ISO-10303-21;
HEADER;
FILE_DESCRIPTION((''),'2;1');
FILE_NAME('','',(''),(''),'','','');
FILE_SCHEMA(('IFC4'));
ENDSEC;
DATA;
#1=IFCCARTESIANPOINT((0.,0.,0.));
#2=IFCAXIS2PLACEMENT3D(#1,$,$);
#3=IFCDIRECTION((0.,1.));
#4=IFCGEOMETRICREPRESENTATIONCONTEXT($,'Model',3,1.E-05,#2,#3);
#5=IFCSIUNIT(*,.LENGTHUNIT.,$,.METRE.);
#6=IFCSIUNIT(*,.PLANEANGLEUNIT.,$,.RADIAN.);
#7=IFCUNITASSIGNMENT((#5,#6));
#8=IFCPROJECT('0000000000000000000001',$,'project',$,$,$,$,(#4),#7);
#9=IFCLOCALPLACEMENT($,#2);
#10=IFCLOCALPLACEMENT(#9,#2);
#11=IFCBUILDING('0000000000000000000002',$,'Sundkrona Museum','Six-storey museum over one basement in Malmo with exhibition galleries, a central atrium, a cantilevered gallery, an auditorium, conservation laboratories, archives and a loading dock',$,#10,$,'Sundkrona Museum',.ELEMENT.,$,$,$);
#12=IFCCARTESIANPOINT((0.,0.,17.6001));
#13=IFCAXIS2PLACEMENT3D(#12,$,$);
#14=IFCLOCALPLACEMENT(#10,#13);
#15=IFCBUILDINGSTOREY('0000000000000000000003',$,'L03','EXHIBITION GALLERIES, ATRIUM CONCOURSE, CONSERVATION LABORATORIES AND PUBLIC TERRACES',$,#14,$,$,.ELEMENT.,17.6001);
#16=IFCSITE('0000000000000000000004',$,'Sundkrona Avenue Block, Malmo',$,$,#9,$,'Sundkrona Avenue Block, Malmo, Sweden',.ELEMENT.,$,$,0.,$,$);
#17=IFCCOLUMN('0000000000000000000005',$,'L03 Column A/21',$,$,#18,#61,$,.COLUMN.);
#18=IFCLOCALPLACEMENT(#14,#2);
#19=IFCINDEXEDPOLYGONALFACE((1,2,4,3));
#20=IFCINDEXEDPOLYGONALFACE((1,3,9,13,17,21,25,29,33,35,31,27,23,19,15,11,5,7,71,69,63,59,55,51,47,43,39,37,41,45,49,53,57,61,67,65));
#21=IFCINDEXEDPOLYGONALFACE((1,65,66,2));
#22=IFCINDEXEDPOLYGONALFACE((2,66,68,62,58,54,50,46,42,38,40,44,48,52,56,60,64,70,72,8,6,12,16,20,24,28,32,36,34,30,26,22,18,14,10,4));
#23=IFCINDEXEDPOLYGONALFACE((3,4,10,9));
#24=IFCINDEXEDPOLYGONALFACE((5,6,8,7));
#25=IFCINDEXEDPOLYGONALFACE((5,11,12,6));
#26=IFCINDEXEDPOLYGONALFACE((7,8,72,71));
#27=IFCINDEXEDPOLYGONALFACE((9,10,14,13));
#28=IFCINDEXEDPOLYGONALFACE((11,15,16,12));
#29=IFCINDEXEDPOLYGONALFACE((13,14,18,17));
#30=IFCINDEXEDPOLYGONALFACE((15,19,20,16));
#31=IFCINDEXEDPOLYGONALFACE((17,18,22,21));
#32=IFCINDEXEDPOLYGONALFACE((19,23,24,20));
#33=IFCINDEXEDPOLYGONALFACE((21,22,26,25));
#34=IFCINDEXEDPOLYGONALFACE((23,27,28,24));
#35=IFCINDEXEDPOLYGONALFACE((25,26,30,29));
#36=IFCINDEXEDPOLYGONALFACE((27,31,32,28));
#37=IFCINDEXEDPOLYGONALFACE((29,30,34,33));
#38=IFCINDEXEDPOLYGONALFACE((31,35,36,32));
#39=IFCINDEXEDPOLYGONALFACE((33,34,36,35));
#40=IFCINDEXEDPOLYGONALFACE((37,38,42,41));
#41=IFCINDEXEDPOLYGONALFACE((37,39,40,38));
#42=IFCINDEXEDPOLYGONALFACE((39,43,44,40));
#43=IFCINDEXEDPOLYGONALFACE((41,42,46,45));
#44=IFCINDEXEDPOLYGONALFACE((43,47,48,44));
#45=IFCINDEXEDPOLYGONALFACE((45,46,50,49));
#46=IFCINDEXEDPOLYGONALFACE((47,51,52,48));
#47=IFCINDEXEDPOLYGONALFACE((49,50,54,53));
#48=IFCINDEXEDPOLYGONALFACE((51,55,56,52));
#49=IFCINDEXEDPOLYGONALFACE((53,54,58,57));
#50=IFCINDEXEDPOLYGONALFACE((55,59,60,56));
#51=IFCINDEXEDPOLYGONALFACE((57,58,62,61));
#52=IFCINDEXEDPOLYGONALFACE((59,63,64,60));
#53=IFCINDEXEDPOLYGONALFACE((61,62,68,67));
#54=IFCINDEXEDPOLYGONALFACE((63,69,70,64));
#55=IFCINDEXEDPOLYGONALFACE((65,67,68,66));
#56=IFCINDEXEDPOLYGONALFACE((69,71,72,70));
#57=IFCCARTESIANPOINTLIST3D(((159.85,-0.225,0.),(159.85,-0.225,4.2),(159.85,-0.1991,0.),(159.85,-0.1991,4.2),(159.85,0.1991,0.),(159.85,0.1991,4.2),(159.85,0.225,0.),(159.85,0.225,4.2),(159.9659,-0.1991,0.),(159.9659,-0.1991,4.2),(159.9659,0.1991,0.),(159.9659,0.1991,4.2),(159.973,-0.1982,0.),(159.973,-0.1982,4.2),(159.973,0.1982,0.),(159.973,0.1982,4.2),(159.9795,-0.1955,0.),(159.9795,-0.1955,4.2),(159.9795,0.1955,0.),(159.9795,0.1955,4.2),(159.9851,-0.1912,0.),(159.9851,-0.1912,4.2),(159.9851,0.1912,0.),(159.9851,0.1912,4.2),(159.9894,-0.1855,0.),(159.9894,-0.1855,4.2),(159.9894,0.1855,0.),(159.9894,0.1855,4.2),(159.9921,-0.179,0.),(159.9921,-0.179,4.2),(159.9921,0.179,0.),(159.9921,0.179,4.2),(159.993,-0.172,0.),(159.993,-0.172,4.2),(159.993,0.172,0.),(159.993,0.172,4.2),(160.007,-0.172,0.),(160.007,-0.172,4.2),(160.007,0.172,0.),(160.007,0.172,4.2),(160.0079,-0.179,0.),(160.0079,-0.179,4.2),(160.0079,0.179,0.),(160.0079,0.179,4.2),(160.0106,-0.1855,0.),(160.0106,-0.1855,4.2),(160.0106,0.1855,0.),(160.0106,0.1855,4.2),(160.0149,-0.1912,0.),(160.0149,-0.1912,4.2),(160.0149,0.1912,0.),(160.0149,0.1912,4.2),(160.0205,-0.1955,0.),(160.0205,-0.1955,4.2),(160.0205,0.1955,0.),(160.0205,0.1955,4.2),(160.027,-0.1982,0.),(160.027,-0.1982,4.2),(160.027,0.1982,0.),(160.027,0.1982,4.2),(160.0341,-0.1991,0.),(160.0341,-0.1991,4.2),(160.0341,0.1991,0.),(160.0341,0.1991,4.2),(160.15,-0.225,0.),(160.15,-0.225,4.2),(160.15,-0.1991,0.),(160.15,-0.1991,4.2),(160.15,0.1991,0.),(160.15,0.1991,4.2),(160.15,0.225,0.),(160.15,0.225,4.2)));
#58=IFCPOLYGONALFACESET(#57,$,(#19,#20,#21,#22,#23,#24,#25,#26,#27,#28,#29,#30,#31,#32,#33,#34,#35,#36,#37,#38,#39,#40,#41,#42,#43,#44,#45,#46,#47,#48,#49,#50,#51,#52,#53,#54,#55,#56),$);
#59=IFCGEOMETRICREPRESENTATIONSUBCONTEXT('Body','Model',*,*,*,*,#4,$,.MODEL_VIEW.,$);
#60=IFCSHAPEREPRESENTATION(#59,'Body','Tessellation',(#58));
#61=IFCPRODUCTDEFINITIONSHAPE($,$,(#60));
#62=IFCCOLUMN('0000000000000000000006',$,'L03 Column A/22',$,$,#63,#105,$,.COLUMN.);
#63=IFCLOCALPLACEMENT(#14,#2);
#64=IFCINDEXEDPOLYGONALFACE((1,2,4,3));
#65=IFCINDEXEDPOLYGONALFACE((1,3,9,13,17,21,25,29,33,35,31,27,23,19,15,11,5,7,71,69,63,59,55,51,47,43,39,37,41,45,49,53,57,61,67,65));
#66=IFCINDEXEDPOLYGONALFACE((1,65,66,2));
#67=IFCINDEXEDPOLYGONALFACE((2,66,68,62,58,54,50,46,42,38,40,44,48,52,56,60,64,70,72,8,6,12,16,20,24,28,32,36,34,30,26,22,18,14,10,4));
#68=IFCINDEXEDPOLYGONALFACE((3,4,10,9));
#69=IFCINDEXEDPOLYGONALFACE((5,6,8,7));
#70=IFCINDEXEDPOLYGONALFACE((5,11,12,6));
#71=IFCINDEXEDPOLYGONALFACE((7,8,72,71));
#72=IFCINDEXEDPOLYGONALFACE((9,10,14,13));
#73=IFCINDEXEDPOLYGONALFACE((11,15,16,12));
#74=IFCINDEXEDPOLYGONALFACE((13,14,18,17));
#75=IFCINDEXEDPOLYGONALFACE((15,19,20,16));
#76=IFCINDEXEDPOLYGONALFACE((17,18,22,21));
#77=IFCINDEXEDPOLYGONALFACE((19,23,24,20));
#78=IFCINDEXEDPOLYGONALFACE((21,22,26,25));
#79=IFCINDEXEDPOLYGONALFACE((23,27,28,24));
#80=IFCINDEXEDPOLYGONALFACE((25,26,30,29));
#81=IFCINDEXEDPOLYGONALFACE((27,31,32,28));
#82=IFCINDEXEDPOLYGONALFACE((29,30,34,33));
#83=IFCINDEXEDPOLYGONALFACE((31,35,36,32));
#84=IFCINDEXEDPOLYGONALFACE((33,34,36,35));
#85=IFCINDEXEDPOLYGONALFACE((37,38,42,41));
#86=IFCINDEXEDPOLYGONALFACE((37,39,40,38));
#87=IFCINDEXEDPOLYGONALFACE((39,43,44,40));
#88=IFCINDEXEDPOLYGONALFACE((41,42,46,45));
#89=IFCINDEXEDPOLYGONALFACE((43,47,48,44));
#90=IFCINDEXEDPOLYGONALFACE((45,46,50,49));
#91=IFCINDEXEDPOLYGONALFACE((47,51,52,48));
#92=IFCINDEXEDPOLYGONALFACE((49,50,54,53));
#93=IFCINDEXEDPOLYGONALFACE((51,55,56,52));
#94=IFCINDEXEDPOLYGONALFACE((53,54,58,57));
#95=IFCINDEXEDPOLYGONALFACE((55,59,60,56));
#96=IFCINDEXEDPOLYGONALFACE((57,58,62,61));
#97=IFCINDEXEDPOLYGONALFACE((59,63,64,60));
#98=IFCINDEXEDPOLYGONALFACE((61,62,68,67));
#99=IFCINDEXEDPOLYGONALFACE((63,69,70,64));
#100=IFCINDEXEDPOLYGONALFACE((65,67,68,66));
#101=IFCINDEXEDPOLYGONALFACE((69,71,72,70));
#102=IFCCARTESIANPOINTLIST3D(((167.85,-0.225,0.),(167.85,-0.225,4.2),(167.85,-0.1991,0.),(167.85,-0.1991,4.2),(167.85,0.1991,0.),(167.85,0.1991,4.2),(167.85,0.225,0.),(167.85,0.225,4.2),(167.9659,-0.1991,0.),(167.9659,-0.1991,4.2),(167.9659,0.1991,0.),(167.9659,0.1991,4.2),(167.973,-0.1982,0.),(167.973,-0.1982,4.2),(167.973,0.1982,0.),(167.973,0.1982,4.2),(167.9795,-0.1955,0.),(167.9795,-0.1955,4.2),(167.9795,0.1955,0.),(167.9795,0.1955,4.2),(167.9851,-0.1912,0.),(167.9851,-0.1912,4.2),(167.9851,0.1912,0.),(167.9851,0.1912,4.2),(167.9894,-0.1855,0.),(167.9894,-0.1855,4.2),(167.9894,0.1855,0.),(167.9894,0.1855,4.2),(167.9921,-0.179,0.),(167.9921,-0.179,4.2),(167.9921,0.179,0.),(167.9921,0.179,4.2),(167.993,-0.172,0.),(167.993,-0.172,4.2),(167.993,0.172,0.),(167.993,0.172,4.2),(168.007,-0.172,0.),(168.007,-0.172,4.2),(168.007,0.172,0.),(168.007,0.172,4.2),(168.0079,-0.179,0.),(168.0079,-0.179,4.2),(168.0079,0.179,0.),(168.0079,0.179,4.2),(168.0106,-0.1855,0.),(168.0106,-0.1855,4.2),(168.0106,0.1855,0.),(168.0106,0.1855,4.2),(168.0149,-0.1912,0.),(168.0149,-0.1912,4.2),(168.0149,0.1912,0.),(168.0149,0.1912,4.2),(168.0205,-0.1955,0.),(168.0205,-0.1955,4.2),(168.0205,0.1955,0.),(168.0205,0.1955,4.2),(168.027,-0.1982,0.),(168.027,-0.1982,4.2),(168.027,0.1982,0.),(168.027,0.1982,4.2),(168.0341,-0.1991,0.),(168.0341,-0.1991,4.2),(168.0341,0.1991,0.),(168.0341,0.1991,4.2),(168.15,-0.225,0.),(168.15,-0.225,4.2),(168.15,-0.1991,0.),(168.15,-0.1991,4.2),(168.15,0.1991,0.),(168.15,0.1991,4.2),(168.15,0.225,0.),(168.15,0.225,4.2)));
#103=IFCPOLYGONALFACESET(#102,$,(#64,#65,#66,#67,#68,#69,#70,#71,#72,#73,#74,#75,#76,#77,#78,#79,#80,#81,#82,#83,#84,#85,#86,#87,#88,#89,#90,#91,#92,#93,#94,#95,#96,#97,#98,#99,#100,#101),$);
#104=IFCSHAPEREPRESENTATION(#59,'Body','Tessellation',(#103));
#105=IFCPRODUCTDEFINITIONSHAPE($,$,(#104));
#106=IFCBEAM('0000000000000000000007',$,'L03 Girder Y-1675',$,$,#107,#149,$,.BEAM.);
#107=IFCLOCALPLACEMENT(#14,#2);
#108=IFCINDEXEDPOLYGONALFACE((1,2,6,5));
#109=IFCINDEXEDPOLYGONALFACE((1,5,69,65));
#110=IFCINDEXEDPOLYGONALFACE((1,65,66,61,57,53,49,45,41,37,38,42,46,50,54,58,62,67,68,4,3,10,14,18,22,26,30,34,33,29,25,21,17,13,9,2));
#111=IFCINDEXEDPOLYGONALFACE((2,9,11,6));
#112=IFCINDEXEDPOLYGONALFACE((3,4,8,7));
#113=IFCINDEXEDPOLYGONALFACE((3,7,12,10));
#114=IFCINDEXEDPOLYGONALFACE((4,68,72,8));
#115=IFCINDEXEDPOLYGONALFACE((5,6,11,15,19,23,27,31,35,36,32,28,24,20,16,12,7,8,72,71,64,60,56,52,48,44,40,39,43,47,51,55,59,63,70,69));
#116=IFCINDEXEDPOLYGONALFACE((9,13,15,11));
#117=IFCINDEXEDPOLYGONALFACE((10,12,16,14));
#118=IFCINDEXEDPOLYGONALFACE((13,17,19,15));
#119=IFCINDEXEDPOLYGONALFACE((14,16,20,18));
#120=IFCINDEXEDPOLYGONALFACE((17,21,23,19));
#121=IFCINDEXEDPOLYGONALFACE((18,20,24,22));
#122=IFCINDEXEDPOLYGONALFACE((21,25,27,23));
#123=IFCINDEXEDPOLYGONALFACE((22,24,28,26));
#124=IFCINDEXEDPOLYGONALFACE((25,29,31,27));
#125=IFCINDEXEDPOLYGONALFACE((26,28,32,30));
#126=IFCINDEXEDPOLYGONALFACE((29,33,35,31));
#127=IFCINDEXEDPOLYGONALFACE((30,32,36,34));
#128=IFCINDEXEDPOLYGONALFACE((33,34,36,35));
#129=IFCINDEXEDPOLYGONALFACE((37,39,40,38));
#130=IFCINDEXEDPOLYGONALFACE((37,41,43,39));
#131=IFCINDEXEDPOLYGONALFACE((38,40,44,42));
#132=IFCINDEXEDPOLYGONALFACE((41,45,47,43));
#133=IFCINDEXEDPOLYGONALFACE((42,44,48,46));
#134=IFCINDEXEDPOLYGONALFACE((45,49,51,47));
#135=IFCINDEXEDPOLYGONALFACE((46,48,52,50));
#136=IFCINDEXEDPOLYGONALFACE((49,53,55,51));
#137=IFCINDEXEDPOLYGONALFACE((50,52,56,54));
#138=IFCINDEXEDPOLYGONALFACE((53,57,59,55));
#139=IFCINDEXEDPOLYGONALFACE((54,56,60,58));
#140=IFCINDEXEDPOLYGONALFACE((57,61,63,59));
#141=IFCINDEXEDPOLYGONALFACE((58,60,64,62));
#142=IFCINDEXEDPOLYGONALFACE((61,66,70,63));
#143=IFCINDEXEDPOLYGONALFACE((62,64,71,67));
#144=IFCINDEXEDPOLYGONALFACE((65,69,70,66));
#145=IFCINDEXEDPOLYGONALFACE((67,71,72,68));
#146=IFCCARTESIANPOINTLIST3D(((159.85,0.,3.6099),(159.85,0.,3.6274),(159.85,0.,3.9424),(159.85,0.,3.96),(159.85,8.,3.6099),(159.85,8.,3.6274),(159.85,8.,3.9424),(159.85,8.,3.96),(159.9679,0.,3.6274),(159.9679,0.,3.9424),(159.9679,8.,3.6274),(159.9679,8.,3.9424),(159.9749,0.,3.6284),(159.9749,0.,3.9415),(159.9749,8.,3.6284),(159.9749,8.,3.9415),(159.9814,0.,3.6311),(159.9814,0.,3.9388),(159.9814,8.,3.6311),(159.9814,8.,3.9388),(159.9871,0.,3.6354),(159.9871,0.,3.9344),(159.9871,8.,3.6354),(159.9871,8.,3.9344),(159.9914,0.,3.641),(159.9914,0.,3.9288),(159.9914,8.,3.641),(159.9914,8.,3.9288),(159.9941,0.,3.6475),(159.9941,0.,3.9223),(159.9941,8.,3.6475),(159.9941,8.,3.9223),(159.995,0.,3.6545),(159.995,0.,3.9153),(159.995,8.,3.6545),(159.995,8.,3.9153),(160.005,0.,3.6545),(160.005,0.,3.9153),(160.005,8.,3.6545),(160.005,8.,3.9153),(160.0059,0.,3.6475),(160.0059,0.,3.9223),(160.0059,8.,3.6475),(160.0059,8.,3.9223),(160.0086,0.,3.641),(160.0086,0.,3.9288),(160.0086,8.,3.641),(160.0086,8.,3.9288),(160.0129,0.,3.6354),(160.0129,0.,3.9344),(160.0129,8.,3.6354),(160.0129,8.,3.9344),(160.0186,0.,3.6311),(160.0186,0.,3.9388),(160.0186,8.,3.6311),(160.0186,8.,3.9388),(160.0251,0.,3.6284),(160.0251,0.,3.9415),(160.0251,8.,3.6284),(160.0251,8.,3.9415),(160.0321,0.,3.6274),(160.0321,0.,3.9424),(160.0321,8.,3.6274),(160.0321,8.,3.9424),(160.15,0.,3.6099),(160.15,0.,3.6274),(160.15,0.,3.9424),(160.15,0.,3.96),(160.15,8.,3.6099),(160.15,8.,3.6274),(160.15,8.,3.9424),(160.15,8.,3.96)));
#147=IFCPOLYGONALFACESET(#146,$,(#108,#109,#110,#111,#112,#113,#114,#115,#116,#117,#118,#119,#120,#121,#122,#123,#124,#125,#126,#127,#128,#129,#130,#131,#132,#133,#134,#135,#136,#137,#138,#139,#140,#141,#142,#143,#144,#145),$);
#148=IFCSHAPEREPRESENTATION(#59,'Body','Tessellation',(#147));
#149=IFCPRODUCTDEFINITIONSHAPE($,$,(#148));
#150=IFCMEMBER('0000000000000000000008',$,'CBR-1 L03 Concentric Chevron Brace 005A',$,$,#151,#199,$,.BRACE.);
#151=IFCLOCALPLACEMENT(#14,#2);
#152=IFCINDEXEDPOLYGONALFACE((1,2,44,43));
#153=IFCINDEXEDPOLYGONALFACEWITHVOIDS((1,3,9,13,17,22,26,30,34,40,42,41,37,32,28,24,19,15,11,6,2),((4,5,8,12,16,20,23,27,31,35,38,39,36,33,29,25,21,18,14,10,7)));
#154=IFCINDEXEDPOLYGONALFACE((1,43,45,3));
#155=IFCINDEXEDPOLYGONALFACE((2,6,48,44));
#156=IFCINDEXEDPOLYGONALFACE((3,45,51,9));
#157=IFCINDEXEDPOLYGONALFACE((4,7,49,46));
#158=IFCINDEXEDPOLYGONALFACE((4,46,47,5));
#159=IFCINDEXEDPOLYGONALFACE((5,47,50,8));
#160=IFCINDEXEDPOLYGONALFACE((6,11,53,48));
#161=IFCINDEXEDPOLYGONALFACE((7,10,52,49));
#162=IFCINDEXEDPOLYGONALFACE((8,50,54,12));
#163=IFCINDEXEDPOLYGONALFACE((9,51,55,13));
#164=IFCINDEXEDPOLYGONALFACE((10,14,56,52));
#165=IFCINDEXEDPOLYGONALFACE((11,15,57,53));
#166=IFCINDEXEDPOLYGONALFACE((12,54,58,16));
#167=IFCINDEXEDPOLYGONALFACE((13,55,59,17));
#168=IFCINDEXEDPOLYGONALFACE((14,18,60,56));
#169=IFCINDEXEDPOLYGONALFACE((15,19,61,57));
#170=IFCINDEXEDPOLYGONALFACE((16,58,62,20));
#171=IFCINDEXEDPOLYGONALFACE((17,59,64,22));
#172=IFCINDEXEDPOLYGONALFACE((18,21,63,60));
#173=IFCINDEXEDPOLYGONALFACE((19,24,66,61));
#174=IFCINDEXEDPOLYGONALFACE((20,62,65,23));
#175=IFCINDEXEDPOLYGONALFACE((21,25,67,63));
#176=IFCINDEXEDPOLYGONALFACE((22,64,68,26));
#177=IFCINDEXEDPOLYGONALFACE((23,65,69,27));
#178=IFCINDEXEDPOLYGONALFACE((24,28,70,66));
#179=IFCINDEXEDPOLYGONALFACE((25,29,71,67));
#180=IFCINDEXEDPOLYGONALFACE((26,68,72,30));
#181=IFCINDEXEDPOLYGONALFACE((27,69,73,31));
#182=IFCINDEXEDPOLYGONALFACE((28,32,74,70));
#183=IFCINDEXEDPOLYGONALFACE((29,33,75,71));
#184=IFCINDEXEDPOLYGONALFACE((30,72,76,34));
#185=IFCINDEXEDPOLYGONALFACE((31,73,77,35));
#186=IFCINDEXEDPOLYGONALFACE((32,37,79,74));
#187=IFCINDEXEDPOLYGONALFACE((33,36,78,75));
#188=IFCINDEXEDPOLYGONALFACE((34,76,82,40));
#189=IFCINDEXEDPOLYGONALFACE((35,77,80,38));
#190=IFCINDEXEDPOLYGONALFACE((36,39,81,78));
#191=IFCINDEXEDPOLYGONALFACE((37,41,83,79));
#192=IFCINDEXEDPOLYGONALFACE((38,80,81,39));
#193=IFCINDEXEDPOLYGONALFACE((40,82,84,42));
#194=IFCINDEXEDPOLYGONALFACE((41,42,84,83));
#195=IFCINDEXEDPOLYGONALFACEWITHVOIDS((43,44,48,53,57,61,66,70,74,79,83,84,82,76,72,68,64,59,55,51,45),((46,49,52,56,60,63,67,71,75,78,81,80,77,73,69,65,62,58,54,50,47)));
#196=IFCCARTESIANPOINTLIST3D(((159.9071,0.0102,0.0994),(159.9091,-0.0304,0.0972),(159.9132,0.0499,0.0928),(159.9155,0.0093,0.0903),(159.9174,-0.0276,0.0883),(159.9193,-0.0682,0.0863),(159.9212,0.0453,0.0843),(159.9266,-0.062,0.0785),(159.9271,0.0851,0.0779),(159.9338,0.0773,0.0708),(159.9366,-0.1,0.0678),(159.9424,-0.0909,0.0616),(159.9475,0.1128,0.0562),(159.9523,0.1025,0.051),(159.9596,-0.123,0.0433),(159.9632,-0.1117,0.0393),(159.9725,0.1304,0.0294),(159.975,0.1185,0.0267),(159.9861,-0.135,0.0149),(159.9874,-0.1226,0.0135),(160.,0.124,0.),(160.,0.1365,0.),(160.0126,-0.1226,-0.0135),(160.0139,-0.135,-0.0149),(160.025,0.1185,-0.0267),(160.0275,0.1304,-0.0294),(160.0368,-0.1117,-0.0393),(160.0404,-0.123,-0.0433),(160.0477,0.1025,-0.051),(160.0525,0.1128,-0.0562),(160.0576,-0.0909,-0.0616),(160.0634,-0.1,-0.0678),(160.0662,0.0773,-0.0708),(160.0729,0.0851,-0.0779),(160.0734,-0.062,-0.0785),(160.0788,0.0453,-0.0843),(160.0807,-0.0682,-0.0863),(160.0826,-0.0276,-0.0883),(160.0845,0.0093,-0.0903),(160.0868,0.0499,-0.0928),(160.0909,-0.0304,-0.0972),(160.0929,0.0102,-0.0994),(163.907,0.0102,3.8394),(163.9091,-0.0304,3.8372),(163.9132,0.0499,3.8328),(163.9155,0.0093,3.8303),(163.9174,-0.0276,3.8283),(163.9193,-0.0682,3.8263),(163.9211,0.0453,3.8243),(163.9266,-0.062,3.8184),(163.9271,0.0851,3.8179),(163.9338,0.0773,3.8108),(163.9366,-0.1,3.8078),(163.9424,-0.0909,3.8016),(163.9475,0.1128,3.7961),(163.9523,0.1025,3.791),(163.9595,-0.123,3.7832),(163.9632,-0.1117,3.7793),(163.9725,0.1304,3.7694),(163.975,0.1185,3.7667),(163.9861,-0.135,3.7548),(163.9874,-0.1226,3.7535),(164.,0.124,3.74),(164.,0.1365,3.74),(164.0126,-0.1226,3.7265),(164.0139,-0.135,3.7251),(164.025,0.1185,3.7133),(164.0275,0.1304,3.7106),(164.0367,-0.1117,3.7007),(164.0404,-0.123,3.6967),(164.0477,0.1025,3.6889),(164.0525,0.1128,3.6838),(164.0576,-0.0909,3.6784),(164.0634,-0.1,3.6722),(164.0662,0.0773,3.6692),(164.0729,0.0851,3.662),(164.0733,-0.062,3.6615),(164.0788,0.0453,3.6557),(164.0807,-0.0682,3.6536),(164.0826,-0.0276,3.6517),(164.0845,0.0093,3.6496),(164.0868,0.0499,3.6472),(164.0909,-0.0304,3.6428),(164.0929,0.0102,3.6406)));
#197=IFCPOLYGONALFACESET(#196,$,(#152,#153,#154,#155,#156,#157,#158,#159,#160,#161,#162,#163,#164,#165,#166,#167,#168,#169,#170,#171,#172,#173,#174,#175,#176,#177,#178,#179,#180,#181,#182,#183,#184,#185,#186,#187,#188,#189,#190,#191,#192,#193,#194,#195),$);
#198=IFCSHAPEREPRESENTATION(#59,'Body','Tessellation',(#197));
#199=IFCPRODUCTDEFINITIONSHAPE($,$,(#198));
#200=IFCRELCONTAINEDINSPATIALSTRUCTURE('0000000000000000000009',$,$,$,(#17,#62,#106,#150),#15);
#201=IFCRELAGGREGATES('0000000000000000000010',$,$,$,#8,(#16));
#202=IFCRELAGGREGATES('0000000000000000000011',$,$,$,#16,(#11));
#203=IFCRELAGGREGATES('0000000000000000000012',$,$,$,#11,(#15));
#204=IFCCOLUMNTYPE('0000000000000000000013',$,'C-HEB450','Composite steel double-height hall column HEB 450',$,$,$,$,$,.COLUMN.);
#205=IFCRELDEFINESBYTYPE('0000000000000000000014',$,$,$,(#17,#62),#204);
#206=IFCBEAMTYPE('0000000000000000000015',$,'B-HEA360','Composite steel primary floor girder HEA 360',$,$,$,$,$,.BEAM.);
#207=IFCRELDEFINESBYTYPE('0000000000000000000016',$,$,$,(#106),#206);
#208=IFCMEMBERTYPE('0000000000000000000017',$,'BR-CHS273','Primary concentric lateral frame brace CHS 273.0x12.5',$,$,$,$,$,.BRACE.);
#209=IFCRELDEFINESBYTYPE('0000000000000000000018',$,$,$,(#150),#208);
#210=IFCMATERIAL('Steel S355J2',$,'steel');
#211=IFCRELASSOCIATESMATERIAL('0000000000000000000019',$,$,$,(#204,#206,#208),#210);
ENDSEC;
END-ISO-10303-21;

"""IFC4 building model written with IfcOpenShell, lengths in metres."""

from ifc_helpers import new_model, si_unit, direction, frame, origin, origin_2d, place, context, subcontext, project, spatial, hollow_circle, i_section, extrude, material, material_profile, profile_set, type_object, element, save


model = new_model("IFC4")

# Units and contexts
model_context = context("Model", 3, precision=1e-05, world=origin(), true_north=direction((0.0, 1.0)))
body_context = subcontext(model_context, "Body", "Model", "MODEL_VIEW")
ifc_project = project(units=[si_unit("LENGTHUNIT", "METRE"), si_unit("PLANEANGLEUNIT", "RADIAN")], contexts=[model_context])

# Site, building, storey
site_placement = place(None, origin())
site = spatial("IfcSite", under=ifc_project, at=site_placement, Name="Sundkrona Avenue Block, Malmo", LongName="Sundkrona Avenue Block, Malmo, Sweden", CompositionType="ELEMENT", RefElevation=0.0)
building_placement = place(site_placement, origin())
building = spatial("IfcBuilding", under=site, at=building_placement, Name="Sundkrona Museum", Description="Six-storey museum over one basement in Malmo with exhibition galleries, a central atrium, a cantilevered gallery, an auditorium, conservation laboratories, archives and a loading dock", LongName="Sundkrona Museum", CompositionType="ELEMENT")
storey_placement = place(building_placement, frame((0.0, 0.0, 17.6001)))
storey = spatial("IfcBuildingStorey", under=building, at=storey_placement, Name="L03", Description="EXHIBITION GALLERIES, ATRIUM CONCOURSE, CONSERVATION LABORATORIES AND PUBLIC TERRACES", CompositionType="ELEMENT", Elevation=17.6001)

# Columns
ifc_material_1 = material(Name="Steel S355J2", Category="steel")
ifc_material_profile_1 = material_profile(ifc_material_1, i_section(OverallWidth=0.3, OverallDepth=0.45, WebThickness=0.0139, FlangeThickness=0.0259, FilletRadius=0.0271, at=origin_2d()), Name="HEB 450")
ifc_profile_set_1 = profile_set([ifc_material_profile_1], Name="Steel S355J2")
column_type = type_object("IfcColumnType", Name="C-HEB450", Description="Composite steel double-height hall column HEB 450", PredefinedType="COLUMN", material=ifc_profile_set_1)
for number, where, z_axis, x_axis, name in (
    (1, (160.0, 0.0, 0.0), (0.0, 0.0, 1.0), (1.0, 0.0, 0.0), "L03 Column A/21"),
    (2, (168.0, 0.0, 0.0), (0.0, 0.0, 1.0), (1.0, 0.0, 0.0), "L03 Column A/22"),
):
    element("IfcColumn", number, at=place(storey_placement, frame(where, z_axis=z_axis, x_axis=x_axis)), inside=storey, type_object=column_type, Name=name, PredefinedType="COLUMN", context=body_context, shape_type="SweptSolid", body=[
        extrude(i_section(OverallWidth=0.3, OverallDepth=0.45, WebThickness=0.0139, FlangeThickness=0.0259, FilletRadius=0.0271, at=origin_2d()), origin(), (0.0, 0.0, 1.0), 4.2),
    ])

# Beam
ifc_material_profile_2 = material_profile(ifc_material_1, i_section(OverallWidth=0.3, OverallDepth=0.3501, WebThickness=0.01, FlangeThickness=0.0176, FilletRadius=0.0271, at=origin_2d()), Name="HEA 360")
ifc_profile_set_2 = profile_set([ifc_material_profile_2], Name="Steel S355J2")
beam_type_1 = type_object("IfcBeamType", Name="B-HEA360", Description="Composite steel primary floor girder HEA 360", PredefinedType="BEAM", material=ifc_profile_set_2)
beam_1_placement = place(storey_placement, frame((160.0, 0.0, 3.7849), z_axis=(0.0, 1.0, 0.0), x_axis=(-1.0, 0.0, 0.0)))
element("IfcBeam", 3, at=beam_1_placement, inside=storey, type_object=beam_type_1, Name="L03 Girder Y-1675", PredefinedType="BEAM", context=body_context, shape_type="SweptSolid", body=[
    extrude(i_section(OverallWidth=0.3, OverallDepth=0.3501, WebThickness=0.01, FlangeThickness=0.0176, FilletRadius=0.0271, at=origin_2d()), origin(), (0.0, 0.0, 1.0), 8.0),
])

# Member
ifc_material_profile_3 = material_profile(ifc_material_1, hollow_circle(Radius=0.1365, WallThickness=0.0125, at=origin_2d()), Name="CHS 273.0x12.5")
ifc_profile_set_3 = profile_set([ifc_material_profile_3], Name="Steel S355J2")
member_type = type_object("IfcMemberType", Name="BR-CHS273", Description="Primary concentric lateral frame brace CHS 273.0x12.5", PredefinedType="BRACE", material=ifc_profile_set_3)
for number, where, z_axis, x_axis, name in (
    (4, (160.0, 0.0, 0.0), (0.730449, 0.0, 0.682968), (0.0, 1.0, 0.0), "CBR-1 L03 Concentric Chevron Brace 005A"),
):
    element("IfcMember", number, at=place(storey_placement, frame(where, z_axis=z_axis, x_axis=x_axis)), inside=storey, type_object=member_type, Name=name, PredefinedType="BRACE", context=body_context, shape_type="SweptSolid", body=[
        extrude(hollow_circle(Radius=0.1365, WallThickness=0.0125, at=origin_2d()), origin(), (0.0, 0.0, 1.0), 5.4761),
    ])

save(model, "model.ifc")
